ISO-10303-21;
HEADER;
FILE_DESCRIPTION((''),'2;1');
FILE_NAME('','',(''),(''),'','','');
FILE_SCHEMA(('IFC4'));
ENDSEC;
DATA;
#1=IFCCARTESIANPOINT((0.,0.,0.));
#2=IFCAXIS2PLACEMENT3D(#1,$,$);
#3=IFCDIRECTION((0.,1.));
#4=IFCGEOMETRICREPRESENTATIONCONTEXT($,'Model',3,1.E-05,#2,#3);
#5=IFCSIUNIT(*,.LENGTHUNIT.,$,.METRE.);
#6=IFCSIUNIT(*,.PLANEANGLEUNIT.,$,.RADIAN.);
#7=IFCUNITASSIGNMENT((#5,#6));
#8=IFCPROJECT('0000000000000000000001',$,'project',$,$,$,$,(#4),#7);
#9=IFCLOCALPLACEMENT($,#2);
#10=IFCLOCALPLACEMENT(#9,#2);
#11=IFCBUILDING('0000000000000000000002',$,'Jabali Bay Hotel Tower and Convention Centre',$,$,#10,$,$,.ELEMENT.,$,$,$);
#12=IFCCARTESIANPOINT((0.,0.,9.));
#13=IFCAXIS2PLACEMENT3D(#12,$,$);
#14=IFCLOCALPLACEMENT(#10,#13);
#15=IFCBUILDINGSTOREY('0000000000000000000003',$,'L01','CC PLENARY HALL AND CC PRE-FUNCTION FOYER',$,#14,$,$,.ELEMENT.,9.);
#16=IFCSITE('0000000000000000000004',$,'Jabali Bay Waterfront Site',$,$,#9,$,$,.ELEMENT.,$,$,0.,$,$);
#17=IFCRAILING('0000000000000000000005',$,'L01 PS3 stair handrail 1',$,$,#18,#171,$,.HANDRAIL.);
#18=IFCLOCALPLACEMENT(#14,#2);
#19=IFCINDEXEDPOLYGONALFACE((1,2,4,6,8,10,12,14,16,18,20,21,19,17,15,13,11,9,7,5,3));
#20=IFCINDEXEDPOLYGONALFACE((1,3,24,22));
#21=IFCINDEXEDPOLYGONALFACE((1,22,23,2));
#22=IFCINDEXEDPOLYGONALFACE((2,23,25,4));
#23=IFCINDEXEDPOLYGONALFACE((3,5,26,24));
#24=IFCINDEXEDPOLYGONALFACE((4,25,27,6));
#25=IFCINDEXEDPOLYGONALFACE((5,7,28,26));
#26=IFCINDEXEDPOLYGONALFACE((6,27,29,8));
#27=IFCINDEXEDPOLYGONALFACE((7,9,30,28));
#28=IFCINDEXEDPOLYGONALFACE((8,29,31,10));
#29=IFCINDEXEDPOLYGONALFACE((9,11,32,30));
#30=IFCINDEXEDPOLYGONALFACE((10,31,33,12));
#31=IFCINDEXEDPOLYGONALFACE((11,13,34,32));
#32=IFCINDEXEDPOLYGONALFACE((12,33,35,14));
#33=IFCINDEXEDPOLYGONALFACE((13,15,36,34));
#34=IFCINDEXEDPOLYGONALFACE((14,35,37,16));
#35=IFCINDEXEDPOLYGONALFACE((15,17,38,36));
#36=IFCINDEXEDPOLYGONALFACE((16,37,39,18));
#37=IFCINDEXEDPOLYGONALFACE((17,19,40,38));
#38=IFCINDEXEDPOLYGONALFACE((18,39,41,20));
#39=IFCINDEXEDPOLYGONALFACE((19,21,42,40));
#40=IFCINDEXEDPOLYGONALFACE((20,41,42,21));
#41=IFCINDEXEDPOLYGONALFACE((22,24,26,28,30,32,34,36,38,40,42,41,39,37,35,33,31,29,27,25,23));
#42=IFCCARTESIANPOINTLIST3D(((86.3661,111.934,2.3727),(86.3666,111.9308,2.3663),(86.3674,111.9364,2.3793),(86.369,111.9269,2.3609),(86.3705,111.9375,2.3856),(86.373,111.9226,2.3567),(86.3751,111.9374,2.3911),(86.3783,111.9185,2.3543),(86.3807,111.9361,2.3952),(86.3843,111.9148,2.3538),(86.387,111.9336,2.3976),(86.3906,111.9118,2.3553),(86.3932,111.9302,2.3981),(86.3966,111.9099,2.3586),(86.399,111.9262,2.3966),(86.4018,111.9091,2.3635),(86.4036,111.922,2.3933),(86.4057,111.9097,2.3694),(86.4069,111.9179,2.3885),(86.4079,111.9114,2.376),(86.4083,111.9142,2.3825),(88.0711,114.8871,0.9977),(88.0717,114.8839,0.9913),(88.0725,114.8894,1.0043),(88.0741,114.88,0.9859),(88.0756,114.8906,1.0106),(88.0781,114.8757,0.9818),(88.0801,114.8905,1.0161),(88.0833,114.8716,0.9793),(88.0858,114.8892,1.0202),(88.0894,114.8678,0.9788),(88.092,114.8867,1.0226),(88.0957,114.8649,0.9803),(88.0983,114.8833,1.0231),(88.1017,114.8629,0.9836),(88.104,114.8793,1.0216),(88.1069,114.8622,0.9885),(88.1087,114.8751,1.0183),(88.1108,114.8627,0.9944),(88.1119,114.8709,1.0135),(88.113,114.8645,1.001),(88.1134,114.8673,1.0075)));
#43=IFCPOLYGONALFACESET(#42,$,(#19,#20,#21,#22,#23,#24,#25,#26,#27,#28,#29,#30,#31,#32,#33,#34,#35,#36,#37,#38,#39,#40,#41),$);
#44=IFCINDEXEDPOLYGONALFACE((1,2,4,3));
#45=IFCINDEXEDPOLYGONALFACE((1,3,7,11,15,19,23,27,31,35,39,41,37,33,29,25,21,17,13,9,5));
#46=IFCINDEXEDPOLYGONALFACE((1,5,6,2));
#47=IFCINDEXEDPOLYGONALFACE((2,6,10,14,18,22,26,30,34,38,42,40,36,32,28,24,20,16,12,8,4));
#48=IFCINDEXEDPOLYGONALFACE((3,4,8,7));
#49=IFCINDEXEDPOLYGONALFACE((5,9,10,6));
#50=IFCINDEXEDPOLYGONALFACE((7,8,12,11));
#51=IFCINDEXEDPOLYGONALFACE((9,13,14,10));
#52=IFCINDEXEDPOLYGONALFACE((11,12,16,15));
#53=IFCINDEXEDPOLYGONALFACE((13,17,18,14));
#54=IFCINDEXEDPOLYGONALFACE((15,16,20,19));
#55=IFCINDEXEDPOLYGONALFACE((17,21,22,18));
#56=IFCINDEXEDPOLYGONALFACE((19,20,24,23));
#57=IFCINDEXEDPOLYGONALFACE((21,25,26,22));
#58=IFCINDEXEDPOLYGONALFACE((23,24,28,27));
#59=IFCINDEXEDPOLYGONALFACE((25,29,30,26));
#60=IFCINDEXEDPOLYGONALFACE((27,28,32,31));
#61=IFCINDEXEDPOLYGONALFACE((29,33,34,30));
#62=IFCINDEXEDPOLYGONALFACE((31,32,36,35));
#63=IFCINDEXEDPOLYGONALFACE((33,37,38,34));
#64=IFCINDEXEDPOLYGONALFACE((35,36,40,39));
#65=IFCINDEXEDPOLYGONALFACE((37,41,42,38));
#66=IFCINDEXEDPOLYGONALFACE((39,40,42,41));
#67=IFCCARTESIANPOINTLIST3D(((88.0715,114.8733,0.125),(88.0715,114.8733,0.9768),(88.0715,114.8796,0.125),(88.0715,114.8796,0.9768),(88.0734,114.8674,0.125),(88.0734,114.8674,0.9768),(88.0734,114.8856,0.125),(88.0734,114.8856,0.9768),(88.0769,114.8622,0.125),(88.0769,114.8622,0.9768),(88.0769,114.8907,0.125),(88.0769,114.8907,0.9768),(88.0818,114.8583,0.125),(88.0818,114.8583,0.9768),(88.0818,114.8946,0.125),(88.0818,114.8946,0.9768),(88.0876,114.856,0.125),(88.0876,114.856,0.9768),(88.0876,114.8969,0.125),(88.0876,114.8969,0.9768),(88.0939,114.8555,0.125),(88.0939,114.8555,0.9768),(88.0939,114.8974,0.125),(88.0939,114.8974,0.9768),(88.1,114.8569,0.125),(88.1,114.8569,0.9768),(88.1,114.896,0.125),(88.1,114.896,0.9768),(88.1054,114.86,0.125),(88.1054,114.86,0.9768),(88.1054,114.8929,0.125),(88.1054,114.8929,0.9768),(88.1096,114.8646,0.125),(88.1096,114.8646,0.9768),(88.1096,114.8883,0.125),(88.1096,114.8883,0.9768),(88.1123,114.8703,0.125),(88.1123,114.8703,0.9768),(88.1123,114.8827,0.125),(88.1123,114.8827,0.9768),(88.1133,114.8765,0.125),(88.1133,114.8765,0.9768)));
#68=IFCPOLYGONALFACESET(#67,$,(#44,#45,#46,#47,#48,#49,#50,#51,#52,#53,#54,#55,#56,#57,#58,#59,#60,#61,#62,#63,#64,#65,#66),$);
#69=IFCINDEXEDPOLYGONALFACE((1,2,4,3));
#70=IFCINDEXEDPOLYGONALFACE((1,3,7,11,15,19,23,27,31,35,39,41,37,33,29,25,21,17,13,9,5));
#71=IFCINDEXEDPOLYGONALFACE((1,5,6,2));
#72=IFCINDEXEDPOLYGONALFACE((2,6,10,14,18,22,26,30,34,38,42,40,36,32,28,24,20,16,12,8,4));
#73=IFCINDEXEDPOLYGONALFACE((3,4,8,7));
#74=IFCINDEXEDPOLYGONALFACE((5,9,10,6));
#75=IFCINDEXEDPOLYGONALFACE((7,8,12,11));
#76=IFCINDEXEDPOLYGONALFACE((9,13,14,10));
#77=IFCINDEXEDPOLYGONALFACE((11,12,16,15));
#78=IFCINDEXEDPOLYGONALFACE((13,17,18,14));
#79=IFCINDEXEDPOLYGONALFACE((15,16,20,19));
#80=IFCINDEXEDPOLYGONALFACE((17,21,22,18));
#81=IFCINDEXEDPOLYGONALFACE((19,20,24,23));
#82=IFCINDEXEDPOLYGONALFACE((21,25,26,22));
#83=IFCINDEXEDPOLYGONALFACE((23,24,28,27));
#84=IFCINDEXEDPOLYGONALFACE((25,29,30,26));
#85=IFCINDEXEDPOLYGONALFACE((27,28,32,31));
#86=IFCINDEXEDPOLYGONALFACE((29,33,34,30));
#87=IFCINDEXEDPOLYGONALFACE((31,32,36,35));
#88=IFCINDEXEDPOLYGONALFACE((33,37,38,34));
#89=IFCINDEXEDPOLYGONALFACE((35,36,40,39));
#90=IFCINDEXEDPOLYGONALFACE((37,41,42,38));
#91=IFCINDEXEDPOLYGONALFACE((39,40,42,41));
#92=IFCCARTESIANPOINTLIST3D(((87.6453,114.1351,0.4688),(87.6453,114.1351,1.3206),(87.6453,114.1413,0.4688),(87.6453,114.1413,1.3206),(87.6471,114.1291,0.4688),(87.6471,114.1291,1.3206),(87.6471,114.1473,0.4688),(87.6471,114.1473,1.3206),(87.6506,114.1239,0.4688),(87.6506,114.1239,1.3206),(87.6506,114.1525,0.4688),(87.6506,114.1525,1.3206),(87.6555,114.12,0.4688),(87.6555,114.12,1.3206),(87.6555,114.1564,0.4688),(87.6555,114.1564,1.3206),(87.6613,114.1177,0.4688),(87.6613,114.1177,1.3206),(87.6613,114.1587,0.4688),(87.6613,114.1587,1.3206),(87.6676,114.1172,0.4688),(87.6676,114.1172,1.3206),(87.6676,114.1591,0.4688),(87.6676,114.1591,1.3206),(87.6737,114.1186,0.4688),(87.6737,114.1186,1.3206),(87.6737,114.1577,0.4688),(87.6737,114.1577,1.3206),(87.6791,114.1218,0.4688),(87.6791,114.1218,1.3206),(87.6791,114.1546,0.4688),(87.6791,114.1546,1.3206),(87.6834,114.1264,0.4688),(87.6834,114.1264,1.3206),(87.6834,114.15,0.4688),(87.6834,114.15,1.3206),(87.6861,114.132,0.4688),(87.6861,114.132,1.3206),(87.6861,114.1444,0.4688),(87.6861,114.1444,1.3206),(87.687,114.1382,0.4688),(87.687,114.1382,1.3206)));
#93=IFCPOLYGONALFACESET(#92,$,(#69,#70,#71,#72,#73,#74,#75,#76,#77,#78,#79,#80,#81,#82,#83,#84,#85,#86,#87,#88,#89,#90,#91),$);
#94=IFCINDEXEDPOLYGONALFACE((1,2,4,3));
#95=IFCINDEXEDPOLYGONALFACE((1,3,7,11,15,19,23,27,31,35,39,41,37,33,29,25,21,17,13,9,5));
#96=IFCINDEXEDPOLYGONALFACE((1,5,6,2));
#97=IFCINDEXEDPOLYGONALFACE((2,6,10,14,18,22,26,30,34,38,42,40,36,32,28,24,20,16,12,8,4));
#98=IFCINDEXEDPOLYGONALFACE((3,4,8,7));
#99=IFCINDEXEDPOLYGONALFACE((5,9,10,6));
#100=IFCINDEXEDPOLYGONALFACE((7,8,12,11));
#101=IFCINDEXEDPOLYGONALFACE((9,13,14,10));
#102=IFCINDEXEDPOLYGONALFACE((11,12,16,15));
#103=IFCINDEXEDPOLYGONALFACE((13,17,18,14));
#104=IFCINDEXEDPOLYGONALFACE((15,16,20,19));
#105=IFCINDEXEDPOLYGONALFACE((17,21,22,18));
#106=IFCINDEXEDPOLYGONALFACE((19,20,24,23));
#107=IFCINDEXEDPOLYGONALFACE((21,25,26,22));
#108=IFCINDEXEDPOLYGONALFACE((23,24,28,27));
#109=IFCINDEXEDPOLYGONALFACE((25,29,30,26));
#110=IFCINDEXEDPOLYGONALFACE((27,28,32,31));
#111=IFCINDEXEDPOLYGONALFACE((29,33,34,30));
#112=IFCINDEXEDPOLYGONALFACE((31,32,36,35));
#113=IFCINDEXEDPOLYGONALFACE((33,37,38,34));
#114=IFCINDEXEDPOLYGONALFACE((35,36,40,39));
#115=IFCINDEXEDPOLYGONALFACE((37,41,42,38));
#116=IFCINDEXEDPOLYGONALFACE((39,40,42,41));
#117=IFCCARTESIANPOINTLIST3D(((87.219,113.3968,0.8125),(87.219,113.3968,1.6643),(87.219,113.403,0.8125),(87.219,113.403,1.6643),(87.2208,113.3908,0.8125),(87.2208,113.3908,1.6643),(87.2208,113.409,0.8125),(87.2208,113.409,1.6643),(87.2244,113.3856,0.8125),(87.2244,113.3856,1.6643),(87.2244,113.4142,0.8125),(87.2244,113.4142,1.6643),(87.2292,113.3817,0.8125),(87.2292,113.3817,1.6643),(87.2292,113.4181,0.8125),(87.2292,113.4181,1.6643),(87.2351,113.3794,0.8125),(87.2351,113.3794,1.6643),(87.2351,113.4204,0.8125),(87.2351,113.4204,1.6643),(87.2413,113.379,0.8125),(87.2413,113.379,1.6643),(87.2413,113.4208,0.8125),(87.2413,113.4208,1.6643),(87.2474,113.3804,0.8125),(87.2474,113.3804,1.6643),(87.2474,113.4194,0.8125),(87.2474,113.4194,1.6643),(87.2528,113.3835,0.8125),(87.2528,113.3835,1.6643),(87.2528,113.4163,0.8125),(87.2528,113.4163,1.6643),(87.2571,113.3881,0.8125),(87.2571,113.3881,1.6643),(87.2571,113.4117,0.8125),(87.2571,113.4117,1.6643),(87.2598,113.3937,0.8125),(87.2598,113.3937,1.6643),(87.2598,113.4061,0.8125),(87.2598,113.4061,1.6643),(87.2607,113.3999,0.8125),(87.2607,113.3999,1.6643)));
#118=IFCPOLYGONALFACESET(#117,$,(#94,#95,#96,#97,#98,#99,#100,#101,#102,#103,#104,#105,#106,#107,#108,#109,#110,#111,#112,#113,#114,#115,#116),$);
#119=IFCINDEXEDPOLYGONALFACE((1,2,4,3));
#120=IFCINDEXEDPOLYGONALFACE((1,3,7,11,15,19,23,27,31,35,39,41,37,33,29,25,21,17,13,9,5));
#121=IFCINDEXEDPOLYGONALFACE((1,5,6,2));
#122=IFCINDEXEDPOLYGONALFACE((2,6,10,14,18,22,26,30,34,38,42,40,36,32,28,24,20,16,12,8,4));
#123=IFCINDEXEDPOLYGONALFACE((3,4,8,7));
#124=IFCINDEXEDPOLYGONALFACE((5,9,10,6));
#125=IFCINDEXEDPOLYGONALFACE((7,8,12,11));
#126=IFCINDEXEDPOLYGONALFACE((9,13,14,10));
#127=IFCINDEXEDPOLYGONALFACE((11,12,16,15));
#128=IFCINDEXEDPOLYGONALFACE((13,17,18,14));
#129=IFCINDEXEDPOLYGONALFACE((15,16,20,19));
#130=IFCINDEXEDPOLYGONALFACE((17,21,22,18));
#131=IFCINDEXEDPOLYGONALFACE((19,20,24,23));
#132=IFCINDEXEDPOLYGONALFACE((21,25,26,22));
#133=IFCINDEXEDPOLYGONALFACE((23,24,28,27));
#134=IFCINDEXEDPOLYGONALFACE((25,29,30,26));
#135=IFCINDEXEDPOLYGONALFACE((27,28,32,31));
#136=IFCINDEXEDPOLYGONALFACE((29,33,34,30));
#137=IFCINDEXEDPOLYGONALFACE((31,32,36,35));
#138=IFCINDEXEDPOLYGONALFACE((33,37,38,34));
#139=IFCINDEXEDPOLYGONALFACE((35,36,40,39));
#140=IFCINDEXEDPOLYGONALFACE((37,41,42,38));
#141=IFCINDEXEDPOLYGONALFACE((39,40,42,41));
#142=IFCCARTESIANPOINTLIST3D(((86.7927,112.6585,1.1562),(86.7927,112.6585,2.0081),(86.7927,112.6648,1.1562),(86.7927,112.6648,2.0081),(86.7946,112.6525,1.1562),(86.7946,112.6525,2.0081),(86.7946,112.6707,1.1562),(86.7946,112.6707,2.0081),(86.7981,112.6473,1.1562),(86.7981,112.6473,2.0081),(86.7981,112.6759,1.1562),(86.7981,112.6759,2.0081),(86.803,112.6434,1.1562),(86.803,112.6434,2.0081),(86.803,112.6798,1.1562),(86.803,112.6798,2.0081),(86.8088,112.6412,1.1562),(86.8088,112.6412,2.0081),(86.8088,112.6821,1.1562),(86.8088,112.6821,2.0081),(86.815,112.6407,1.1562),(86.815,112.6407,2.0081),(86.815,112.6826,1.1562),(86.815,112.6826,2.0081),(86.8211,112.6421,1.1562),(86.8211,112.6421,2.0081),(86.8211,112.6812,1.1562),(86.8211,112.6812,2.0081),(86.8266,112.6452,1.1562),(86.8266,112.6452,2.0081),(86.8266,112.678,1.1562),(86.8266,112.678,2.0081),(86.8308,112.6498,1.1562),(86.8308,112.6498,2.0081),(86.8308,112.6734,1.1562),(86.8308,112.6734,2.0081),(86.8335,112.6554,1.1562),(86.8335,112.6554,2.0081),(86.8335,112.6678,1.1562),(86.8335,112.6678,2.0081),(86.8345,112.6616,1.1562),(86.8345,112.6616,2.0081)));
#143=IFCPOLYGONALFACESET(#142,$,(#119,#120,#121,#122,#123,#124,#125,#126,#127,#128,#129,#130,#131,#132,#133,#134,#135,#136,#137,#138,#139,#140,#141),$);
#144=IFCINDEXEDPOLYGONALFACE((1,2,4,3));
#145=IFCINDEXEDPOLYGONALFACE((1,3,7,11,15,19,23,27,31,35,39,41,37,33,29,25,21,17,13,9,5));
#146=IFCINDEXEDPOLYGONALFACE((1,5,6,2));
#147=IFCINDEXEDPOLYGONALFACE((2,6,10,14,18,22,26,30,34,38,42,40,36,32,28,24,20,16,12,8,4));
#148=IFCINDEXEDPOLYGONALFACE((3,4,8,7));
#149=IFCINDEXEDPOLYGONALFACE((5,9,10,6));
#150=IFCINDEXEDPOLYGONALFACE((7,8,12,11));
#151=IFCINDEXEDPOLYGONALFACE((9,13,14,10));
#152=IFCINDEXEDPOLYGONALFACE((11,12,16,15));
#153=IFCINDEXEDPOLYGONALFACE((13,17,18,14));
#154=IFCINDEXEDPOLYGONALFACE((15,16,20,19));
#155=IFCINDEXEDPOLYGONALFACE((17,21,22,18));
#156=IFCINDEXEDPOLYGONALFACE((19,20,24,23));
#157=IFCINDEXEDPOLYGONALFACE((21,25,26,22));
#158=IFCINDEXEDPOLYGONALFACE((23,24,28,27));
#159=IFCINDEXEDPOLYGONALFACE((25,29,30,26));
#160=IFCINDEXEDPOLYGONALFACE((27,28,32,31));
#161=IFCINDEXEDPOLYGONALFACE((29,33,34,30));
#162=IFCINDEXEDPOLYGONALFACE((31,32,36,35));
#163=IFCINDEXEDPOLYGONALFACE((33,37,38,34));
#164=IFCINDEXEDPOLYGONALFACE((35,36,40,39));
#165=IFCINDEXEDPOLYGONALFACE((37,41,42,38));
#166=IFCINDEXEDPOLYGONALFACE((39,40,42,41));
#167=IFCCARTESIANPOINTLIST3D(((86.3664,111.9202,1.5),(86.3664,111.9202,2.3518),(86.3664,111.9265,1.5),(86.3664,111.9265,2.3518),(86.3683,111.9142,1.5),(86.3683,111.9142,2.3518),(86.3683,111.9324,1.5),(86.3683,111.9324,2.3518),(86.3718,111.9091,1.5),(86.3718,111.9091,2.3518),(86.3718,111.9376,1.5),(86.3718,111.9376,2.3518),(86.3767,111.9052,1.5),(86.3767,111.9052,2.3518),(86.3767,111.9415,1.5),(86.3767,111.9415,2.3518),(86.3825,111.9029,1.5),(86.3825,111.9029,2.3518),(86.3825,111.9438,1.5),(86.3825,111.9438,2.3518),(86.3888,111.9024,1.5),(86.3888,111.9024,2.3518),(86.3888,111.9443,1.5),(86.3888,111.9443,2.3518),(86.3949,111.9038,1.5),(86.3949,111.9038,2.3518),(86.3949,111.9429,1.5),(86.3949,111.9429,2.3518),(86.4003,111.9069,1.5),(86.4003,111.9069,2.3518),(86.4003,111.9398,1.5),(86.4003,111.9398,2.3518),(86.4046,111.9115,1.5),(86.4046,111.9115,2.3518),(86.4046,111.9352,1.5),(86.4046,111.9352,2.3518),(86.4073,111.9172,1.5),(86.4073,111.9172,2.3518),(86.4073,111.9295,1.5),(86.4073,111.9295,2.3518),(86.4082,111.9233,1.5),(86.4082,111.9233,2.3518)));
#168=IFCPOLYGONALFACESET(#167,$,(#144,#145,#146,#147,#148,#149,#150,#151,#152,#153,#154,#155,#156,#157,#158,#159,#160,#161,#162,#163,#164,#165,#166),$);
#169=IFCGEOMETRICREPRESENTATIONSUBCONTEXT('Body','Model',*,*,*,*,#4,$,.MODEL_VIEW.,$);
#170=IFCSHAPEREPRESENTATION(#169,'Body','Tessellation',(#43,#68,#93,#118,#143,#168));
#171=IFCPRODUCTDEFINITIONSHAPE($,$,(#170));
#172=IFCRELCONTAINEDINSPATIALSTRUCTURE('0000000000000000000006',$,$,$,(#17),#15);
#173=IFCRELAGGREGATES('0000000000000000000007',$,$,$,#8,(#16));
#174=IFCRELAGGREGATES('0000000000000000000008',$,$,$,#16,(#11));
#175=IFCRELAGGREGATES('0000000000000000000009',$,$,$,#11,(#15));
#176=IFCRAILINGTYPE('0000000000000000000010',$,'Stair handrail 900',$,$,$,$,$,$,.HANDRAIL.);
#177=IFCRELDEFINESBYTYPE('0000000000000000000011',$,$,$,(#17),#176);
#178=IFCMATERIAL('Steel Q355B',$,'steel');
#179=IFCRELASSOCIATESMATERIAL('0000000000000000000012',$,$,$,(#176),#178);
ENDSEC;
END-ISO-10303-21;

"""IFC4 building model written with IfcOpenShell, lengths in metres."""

from ifc_helpers import new_model, si_unit, direction, frame, origin, origin_2d, place, context, subcontext, project, spatial, circle, extrude, material, type_object, element, save


model = new_model("IFC4")

# Units and contexts
model_context = context("Model", 3, precision=1e-05, world=origin(), true_north=direction((0.0, 1.0)))
body_context = subcontext(model_context, "Body", "Model", "MODEL_VIEW")
ifc_project = project(units=[si_unit("LENGTHUNIT", "METRE"), si_unit("PLANEANGLEUNIT", "RADIAN")], contexts=[model_context])

# Site, building, storey
site_placement = place(None, origin())
site = spatial("IfcSite", under=ifc_project, at=site_placement, Name="Jabali Bay Waterfront Site", CompositionType="ELEMENT", RefElevation=0.0)
building_placement = place(site_placement, origin())
building = spatial("IfcBuilding", under=site, at=building_placement, Name="Jabali Bay Hotel Tower and Convention Centre", CompositionType="ELEMENT")
storey_placement = place(building_placement, frame((0.0, 0.0, 9.0)))
storey = spatial("IfcBuildingStorey", under=building, at=storey_placement, Name="L01", Description="CC PLENARY HALL AND CC PRE-FUNCTION FOYER", CompositionType="ELEMENT", Elevation=9.0)

# Railing
ifc_material_1 = material(Name="Steel Q355B", Category="steel")
railing_type_1 = type_object("IfcRailingType", Name="Stair handrail 900", PredefinedType="HANDRAIL", material=ifc_material_1)
railing_1_placement = place(storey_placement, frame((88.0923, 114.8765, 0.125)))
element("IfcRailing", 1, at=railing_1_placement, inside=storey, type_object=railing_type_1, Name="L01 PS3 stair handrail 1", PredefinedType="HANDRAIL", context=body_context, shape_type="SweptSolid", body=[
    extrude(circle(Radius=0.0239, at=origin_2d()), frame((0.0, 0.0, 0.876), z_axis=(-0.46374, -0.803178, 0.373966), x_axis=(0.866014, -0.50002, 0.0)), (0.0, 0.0, 1.0), 3.6768),
    extrude(circle(Radius=0.021, at=origin_2d()), origin(), (0.0, 0.0, 1.0), 0.8518),
    extrude(circle(Radius=0.021, at=origin_2d()), frame((-0.4263, -0.7383, 0.3438)), (0.0, 0.0, 1.0), 0.8518),
    extrude(circle(Radius=0.021, at=origin_2d()), frame((-0.8525, -1.4766, 0.6875)), (0.0, 0.0, 1.0), 0.8518),
    extrude(circle(Radius=0.021, at=origin_2d()), frame((-1.2788, -2.2148, 1.0312)), (0.0, 0.0, 1.0), 0.8518),
    extrude(circle(Radius=0.021, at=origin_2d()), frame((-1.7051, -2.9531, 1.375)), (0.0, 0.0, 1.0), 0.8518),
])

save(model, "model.ifc")
